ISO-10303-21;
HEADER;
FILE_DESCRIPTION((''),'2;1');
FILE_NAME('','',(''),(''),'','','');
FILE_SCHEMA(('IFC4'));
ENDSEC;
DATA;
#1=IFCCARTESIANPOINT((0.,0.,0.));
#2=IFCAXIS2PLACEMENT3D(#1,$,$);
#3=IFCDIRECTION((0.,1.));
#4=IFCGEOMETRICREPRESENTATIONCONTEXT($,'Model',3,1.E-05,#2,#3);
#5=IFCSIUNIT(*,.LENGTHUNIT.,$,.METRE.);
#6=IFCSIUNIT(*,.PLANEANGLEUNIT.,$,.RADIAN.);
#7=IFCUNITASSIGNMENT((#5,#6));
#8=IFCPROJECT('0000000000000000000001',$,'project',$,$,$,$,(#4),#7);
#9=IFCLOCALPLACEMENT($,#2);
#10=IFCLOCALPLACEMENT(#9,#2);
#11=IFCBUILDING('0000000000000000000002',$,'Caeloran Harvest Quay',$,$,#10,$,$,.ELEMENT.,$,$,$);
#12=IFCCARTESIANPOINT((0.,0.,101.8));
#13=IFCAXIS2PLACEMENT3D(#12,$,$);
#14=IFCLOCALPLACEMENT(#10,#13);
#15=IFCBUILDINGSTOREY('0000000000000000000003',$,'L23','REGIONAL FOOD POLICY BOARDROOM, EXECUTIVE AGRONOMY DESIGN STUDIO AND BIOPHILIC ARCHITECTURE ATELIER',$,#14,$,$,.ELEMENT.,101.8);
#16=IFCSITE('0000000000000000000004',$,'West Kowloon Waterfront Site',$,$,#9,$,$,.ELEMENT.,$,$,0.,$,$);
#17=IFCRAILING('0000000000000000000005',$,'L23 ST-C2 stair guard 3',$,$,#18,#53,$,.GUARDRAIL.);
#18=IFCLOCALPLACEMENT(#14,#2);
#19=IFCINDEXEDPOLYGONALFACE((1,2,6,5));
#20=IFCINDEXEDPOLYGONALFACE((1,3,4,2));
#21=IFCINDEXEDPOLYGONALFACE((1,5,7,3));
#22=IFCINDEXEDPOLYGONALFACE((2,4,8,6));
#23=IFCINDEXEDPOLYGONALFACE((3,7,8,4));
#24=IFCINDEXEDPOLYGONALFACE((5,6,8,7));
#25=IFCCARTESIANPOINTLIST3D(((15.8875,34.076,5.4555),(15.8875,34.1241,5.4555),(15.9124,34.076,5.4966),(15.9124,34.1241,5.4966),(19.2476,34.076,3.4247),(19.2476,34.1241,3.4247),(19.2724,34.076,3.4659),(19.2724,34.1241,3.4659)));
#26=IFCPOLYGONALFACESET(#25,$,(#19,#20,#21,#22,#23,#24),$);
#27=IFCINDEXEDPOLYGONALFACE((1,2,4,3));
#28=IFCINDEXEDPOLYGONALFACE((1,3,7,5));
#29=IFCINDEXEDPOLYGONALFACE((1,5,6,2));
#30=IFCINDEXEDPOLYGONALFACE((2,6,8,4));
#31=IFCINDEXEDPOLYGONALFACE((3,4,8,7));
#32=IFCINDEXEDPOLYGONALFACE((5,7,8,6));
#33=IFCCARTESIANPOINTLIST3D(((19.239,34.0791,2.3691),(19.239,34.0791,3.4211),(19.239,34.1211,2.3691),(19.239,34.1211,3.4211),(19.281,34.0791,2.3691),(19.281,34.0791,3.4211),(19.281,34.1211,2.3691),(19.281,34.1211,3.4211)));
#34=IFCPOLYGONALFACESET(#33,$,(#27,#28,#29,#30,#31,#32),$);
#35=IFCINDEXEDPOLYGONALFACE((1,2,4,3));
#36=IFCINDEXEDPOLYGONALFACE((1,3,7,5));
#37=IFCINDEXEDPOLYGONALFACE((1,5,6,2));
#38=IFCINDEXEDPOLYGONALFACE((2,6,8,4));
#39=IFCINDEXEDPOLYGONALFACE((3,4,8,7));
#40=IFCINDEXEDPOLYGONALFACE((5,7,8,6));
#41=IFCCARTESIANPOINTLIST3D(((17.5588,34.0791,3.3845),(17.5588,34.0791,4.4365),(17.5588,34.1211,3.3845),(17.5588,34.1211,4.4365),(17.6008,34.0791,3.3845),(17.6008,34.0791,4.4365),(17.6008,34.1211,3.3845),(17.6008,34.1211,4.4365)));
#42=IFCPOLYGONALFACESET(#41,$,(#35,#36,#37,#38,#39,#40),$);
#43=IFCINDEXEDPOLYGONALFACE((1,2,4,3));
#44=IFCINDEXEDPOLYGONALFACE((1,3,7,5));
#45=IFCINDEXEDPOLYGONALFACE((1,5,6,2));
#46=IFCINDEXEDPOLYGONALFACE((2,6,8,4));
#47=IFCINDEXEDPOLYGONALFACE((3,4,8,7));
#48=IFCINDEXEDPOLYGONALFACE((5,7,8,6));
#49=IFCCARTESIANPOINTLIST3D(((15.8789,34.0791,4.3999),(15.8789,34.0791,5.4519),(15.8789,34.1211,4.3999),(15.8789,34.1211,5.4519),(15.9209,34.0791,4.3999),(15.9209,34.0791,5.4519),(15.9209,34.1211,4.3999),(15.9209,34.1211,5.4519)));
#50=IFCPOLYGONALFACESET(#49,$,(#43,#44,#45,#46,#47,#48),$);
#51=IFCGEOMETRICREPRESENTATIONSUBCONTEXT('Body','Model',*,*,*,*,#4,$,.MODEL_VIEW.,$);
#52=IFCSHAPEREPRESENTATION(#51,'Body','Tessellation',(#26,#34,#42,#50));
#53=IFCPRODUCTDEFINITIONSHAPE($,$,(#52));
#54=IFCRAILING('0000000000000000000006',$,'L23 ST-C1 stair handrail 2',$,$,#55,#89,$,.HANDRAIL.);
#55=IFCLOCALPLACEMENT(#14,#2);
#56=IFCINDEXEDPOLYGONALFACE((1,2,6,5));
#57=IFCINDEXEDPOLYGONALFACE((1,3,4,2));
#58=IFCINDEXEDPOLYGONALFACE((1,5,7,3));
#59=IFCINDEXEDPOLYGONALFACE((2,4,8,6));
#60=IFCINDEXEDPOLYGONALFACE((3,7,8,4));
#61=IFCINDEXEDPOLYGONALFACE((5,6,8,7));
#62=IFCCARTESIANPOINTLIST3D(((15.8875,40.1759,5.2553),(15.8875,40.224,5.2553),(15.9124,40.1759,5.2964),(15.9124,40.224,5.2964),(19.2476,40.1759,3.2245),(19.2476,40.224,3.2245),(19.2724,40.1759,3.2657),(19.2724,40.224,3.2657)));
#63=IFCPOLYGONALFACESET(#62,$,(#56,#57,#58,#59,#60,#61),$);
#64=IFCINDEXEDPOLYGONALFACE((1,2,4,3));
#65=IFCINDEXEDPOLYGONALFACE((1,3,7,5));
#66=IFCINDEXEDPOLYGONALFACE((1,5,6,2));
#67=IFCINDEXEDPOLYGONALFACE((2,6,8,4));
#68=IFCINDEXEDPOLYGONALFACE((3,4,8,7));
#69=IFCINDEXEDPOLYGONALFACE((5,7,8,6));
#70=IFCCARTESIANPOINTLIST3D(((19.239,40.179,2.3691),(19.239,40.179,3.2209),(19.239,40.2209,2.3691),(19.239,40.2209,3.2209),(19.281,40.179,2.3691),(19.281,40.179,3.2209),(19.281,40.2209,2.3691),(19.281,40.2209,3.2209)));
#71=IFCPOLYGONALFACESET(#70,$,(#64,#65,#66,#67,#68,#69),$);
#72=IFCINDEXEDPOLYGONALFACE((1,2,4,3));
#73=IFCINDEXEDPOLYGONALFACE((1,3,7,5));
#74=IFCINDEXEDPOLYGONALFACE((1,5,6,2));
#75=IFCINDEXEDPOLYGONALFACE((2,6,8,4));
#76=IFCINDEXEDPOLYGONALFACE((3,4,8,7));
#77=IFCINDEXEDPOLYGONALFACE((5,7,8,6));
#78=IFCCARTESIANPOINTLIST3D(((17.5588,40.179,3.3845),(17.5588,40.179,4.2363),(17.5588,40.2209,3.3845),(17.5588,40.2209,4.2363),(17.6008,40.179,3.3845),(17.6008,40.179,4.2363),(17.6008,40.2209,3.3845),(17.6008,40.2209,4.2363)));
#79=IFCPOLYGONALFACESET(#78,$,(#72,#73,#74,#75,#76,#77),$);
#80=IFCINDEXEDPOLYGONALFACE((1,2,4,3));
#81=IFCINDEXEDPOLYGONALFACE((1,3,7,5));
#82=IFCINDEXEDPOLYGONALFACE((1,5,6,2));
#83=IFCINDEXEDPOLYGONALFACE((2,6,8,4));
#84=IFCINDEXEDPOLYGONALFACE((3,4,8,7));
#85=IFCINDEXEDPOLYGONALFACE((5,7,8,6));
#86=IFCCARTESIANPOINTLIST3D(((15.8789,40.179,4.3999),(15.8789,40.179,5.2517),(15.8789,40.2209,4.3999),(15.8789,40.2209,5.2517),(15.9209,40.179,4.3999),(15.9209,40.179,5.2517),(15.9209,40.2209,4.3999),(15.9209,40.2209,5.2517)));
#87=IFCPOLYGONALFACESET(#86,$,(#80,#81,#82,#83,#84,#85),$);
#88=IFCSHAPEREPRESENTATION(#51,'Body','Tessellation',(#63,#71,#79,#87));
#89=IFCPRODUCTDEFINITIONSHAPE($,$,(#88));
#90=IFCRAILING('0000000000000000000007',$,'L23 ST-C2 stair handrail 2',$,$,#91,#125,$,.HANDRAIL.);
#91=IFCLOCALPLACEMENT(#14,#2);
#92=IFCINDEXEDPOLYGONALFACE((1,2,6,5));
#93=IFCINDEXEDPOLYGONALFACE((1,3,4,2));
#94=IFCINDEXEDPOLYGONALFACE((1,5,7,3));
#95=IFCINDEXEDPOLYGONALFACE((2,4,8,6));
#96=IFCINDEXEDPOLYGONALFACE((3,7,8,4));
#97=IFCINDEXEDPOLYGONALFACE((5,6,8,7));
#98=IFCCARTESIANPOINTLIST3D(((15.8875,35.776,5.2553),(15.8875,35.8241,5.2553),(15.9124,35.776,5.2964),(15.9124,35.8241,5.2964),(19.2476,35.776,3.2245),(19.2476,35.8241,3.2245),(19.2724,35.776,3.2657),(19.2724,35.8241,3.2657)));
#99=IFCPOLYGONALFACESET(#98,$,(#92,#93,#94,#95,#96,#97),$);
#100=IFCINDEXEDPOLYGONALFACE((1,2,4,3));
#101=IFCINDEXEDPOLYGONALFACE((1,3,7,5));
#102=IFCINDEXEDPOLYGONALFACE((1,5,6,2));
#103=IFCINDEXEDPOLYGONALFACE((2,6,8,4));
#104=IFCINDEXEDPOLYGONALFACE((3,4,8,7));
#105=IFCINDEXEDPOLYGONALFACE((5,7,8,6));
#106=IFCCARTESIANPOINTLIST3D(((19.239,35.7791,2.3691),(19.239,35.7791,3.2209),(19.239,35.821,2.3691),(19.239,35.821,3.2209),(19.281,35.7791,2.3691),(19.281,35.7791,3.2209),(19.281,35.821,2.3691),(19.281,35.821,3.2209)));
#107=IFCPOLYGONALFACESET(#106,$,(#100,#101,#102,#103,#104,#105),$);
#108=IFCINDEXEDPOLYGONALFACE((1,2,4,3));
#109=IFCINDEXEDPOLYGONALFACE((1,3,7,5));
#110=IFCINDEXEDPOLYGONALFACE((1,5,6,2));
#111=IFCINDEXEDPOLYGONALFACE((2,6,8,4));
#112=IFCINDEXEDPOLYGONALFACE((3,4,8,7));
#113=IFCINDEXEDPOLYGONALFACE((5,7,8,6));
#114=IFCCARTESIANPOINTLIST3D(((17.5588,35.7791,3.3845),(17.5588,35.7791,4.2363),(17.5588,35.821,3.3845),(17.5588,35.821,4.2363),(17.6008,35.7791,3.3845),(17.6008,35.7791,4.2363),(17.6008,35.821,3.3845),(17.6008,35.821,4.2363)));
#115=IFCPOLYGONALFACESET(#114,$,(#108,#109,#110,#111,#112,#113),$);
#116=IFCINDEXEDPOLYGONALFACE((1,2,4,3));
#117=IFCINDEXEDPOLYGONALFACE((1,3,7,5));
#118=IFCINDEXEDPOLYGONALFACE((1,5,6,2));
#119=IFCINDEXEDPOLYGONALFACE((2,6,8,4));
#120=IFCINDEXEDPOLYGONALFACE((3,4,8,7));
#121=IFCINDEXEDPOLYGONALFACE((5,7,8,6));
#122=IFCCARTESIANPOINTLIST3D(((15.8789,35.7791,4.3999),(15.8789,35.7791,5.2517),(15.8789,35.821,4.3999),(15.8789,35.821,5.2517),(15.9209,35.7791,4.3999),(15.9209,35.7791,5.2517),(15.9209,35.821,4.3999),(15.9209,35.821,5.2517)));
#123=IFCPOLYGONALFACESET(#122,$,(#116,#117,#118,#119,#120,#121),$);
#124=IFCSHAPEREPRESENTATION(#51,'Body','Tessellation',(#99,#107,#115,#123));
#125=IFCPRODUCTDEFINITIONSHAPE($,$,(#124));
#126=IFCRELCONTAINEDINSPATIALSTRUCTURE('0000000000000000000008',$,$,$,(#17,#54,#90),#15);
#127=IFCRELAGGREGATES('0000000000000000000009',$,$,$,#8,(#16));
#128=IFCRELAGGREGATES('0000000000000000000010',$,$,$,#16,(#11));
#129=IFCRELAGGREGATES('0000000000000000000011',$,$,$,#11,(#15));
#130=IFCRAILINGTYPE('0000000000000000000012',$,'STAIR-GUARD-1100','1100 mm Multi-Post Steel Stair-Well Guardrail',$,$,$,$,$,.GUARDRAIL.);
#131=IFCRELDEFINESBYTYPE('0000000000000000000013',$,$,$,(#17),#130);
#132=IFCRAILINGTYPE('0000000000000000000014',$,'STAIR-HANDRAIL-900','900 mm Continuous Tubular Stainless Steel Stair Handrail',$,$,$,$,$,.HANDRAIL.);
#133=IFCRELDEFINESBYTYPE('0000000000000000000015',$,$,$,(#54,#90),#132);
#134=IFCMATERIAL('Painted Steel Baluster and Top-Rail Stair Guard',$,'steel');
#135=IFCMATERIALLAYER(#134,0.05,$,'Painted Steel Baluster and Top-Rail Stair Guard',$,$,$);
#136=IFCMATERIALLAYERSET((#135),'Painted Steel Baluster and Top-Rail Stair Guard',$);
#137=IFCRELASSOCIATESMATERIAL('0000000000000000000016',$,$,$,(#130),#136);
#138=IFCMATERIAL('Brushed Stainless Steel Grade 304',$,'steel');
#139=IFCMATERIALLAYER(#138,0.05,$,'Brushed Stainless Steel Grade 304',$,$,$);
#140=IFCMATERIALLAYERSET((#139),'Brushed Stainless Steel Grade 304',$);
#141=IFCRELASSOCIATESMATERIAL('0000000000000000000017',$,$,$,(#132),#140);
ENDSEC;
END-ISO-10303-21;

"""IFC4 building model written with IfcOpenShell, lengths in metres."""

from ifc_helpers import new_model, si_unit, direction, frame, origin, origin_2d, place, context, subcontext, project, spatial, rectangle, extrude, material, layer, layer_set, type_object, element, save


model = new_model("IFC4")

# Units and contexts
model_context = context("Model", 3, precision=1e-05, world=origin(), true_north=direction((0.0, 1.0)))
body_context = subcontext(model_context, "Body", "Model", "MODEL_VIEW")
ifc_project = project(units=[si_unit("LENGTHUNIT", "METRE"), si_unit("PLANEANGLEUNIT", "RADIAN")], contexts=[model_context])

# Site, building, storey
site_placement = place(None, origin())
site = spatial("IfcSite", under=ifc_project, at=site_placement, Name="West Kowloon Waterfront Site", CompositionType="ELEMENT", RefElevation=0.0)
building_placement = place(site_placement, origin())
building = spatial("IfcBuilding", under=site, at=building_placement, Name="Caeloran Harvest Quay", CompositionType="ELEMENT")
storey_placement = place(building_placement, frame((0.0, 0.0, 101.8)))
storey = spatial("IfcBuildingStorey", under=building, at=storey_placement, Name="L23", Description="REGIONAL FOOD POLICY BOARDROOM, EXECUTIVE AGRONOMY DESIGN STUDIO AND BIOPHILIC ARCHITECTURE ATELIER", CompositionType="ELEMENT", Elevation=101.8)

# Railings
ifc_material_1 = material(Name="Painted Steel Baluster and Top-Rail Stair Guard", Category="steel")
ifc_layer_1 = layer(ifc_material_1, 0.05, Name="Painted Steel Baluster and Top-Rail Stair Guard")
ifc_layer_set_1 = layer_set([ifc_layer_1], Name="Painted Steel Baluster and Top-Rail Stair Guard")
railing_type_1 = type_object("IfcRailingType", Name="STAIR-GUARD-1100", Description="1100 mm Multi-Post Steel Stair-Well Guardrail", PredefinedType="GUARDRAIL", material=ifc_layer_set_1)
railing_1_placement = place(storey_placement, frame((19.26, 34.1001, 2.3691)))
element("IfcRailing", 1, at=railing_1_placement, inside=storey, type_object=railing_type_1, Name="L23 ST-C2 stair guard 3", PredefinedType="GUARDRAIL", context=body_context, shape_type="SweptSolid", body=[
    extrude(rectangle(XDim=0.0481, YDim=0.0481, at=origin_2d()), frame((0.0, 0.0, 1.0762), z_axis=(-0.855837, 0.0, 0.517246), x_axis=(0.0, -1.0, 0.0)), (0.0, 0.0, 1.0), 3.926),
    extrude(rectangle(XDim=0.042, YDim=0.042, at=origin_2d()), origin(), (0.0, 0.0, 1.0), 1.052),
    extrude(rectangle(XDim=0.042, YDim=0.042, at=origin_2d()), frame((-1.6802, 0.0, 1.0154)), (0.0, 0.0, 1.0), 1.052),
    extrude(rectangle(XDim=0.042, YDim=0.042, at=origin_2d()), frame((-3.3601, 0.0, 2.0308)), (0.0, 0.0, 1.0), 1.052),
])
ifc_material_2 = material(Name="Brushed Stainless Steel Grade 304", Category="steel")
ifc_layer_2 = layer(ifc_material_2, 0.05, Name="Brushed Stainless Steel Grade 304")
ifc_layer_set_2 = layer_set([ifc_layer_2], Name="Brushed Stainless Steel Grade 304")
railing_type_2 = type_object("IfcRailingType", Name="STAIR-HANDRAIL-900", Description="900 mm Continuous Tubular Stainless Steel Stair Handrail", PredefinedType="HANDRAIL", material=ifc_layer_set_2)
for number, where, name in (
    (2, (19.26, 40.2, 2.3691), "L23 ST-C1 stair handrail 2"),
    (3, (19.26, 35.8, 2.3691), "L23 ST-C2 stair handrail 2"),
):
    element("IfcRailing", number, at=place(storey_placement, frame(where)), inside=storey, type_object=railing_type_2, Name=name, PredefinedType="HANDRAIL", context=body_context, shape_type="SweptSolid", body=[
        extrude(rectangle(XDim=0.0481, YDim=0.0481, at=origin_2d()), frame((0.0, 0.0, 0.876), z_axis=(-0.855837, 0.0, 0.517246), x_axis=(0.0, -1.0, 0.0)), (0.0, 0.0, 1.0), 3.926),
        extrude(rectangle(XDim=0.042, YDim=0.042, at=origin_2d()), origin(), (0.0, 0.0, 1.0), 0.8518),
        extrude(rectangle(XDim=0.042, YDim=0.042, at=origin_2d()), frame((-1.6802, 0.0, 1.0154)), (0.0, 0.0, 1.0), 0.8518),
        extrude(rectangle(XDim=0.042, YDim=0.042, at=origin_2d()), frame((-3.3601, 0.0, 2.0308)), (0.0, 0.0, 1.0), 0.8518),
    ])

save(model, "model.ifc")
